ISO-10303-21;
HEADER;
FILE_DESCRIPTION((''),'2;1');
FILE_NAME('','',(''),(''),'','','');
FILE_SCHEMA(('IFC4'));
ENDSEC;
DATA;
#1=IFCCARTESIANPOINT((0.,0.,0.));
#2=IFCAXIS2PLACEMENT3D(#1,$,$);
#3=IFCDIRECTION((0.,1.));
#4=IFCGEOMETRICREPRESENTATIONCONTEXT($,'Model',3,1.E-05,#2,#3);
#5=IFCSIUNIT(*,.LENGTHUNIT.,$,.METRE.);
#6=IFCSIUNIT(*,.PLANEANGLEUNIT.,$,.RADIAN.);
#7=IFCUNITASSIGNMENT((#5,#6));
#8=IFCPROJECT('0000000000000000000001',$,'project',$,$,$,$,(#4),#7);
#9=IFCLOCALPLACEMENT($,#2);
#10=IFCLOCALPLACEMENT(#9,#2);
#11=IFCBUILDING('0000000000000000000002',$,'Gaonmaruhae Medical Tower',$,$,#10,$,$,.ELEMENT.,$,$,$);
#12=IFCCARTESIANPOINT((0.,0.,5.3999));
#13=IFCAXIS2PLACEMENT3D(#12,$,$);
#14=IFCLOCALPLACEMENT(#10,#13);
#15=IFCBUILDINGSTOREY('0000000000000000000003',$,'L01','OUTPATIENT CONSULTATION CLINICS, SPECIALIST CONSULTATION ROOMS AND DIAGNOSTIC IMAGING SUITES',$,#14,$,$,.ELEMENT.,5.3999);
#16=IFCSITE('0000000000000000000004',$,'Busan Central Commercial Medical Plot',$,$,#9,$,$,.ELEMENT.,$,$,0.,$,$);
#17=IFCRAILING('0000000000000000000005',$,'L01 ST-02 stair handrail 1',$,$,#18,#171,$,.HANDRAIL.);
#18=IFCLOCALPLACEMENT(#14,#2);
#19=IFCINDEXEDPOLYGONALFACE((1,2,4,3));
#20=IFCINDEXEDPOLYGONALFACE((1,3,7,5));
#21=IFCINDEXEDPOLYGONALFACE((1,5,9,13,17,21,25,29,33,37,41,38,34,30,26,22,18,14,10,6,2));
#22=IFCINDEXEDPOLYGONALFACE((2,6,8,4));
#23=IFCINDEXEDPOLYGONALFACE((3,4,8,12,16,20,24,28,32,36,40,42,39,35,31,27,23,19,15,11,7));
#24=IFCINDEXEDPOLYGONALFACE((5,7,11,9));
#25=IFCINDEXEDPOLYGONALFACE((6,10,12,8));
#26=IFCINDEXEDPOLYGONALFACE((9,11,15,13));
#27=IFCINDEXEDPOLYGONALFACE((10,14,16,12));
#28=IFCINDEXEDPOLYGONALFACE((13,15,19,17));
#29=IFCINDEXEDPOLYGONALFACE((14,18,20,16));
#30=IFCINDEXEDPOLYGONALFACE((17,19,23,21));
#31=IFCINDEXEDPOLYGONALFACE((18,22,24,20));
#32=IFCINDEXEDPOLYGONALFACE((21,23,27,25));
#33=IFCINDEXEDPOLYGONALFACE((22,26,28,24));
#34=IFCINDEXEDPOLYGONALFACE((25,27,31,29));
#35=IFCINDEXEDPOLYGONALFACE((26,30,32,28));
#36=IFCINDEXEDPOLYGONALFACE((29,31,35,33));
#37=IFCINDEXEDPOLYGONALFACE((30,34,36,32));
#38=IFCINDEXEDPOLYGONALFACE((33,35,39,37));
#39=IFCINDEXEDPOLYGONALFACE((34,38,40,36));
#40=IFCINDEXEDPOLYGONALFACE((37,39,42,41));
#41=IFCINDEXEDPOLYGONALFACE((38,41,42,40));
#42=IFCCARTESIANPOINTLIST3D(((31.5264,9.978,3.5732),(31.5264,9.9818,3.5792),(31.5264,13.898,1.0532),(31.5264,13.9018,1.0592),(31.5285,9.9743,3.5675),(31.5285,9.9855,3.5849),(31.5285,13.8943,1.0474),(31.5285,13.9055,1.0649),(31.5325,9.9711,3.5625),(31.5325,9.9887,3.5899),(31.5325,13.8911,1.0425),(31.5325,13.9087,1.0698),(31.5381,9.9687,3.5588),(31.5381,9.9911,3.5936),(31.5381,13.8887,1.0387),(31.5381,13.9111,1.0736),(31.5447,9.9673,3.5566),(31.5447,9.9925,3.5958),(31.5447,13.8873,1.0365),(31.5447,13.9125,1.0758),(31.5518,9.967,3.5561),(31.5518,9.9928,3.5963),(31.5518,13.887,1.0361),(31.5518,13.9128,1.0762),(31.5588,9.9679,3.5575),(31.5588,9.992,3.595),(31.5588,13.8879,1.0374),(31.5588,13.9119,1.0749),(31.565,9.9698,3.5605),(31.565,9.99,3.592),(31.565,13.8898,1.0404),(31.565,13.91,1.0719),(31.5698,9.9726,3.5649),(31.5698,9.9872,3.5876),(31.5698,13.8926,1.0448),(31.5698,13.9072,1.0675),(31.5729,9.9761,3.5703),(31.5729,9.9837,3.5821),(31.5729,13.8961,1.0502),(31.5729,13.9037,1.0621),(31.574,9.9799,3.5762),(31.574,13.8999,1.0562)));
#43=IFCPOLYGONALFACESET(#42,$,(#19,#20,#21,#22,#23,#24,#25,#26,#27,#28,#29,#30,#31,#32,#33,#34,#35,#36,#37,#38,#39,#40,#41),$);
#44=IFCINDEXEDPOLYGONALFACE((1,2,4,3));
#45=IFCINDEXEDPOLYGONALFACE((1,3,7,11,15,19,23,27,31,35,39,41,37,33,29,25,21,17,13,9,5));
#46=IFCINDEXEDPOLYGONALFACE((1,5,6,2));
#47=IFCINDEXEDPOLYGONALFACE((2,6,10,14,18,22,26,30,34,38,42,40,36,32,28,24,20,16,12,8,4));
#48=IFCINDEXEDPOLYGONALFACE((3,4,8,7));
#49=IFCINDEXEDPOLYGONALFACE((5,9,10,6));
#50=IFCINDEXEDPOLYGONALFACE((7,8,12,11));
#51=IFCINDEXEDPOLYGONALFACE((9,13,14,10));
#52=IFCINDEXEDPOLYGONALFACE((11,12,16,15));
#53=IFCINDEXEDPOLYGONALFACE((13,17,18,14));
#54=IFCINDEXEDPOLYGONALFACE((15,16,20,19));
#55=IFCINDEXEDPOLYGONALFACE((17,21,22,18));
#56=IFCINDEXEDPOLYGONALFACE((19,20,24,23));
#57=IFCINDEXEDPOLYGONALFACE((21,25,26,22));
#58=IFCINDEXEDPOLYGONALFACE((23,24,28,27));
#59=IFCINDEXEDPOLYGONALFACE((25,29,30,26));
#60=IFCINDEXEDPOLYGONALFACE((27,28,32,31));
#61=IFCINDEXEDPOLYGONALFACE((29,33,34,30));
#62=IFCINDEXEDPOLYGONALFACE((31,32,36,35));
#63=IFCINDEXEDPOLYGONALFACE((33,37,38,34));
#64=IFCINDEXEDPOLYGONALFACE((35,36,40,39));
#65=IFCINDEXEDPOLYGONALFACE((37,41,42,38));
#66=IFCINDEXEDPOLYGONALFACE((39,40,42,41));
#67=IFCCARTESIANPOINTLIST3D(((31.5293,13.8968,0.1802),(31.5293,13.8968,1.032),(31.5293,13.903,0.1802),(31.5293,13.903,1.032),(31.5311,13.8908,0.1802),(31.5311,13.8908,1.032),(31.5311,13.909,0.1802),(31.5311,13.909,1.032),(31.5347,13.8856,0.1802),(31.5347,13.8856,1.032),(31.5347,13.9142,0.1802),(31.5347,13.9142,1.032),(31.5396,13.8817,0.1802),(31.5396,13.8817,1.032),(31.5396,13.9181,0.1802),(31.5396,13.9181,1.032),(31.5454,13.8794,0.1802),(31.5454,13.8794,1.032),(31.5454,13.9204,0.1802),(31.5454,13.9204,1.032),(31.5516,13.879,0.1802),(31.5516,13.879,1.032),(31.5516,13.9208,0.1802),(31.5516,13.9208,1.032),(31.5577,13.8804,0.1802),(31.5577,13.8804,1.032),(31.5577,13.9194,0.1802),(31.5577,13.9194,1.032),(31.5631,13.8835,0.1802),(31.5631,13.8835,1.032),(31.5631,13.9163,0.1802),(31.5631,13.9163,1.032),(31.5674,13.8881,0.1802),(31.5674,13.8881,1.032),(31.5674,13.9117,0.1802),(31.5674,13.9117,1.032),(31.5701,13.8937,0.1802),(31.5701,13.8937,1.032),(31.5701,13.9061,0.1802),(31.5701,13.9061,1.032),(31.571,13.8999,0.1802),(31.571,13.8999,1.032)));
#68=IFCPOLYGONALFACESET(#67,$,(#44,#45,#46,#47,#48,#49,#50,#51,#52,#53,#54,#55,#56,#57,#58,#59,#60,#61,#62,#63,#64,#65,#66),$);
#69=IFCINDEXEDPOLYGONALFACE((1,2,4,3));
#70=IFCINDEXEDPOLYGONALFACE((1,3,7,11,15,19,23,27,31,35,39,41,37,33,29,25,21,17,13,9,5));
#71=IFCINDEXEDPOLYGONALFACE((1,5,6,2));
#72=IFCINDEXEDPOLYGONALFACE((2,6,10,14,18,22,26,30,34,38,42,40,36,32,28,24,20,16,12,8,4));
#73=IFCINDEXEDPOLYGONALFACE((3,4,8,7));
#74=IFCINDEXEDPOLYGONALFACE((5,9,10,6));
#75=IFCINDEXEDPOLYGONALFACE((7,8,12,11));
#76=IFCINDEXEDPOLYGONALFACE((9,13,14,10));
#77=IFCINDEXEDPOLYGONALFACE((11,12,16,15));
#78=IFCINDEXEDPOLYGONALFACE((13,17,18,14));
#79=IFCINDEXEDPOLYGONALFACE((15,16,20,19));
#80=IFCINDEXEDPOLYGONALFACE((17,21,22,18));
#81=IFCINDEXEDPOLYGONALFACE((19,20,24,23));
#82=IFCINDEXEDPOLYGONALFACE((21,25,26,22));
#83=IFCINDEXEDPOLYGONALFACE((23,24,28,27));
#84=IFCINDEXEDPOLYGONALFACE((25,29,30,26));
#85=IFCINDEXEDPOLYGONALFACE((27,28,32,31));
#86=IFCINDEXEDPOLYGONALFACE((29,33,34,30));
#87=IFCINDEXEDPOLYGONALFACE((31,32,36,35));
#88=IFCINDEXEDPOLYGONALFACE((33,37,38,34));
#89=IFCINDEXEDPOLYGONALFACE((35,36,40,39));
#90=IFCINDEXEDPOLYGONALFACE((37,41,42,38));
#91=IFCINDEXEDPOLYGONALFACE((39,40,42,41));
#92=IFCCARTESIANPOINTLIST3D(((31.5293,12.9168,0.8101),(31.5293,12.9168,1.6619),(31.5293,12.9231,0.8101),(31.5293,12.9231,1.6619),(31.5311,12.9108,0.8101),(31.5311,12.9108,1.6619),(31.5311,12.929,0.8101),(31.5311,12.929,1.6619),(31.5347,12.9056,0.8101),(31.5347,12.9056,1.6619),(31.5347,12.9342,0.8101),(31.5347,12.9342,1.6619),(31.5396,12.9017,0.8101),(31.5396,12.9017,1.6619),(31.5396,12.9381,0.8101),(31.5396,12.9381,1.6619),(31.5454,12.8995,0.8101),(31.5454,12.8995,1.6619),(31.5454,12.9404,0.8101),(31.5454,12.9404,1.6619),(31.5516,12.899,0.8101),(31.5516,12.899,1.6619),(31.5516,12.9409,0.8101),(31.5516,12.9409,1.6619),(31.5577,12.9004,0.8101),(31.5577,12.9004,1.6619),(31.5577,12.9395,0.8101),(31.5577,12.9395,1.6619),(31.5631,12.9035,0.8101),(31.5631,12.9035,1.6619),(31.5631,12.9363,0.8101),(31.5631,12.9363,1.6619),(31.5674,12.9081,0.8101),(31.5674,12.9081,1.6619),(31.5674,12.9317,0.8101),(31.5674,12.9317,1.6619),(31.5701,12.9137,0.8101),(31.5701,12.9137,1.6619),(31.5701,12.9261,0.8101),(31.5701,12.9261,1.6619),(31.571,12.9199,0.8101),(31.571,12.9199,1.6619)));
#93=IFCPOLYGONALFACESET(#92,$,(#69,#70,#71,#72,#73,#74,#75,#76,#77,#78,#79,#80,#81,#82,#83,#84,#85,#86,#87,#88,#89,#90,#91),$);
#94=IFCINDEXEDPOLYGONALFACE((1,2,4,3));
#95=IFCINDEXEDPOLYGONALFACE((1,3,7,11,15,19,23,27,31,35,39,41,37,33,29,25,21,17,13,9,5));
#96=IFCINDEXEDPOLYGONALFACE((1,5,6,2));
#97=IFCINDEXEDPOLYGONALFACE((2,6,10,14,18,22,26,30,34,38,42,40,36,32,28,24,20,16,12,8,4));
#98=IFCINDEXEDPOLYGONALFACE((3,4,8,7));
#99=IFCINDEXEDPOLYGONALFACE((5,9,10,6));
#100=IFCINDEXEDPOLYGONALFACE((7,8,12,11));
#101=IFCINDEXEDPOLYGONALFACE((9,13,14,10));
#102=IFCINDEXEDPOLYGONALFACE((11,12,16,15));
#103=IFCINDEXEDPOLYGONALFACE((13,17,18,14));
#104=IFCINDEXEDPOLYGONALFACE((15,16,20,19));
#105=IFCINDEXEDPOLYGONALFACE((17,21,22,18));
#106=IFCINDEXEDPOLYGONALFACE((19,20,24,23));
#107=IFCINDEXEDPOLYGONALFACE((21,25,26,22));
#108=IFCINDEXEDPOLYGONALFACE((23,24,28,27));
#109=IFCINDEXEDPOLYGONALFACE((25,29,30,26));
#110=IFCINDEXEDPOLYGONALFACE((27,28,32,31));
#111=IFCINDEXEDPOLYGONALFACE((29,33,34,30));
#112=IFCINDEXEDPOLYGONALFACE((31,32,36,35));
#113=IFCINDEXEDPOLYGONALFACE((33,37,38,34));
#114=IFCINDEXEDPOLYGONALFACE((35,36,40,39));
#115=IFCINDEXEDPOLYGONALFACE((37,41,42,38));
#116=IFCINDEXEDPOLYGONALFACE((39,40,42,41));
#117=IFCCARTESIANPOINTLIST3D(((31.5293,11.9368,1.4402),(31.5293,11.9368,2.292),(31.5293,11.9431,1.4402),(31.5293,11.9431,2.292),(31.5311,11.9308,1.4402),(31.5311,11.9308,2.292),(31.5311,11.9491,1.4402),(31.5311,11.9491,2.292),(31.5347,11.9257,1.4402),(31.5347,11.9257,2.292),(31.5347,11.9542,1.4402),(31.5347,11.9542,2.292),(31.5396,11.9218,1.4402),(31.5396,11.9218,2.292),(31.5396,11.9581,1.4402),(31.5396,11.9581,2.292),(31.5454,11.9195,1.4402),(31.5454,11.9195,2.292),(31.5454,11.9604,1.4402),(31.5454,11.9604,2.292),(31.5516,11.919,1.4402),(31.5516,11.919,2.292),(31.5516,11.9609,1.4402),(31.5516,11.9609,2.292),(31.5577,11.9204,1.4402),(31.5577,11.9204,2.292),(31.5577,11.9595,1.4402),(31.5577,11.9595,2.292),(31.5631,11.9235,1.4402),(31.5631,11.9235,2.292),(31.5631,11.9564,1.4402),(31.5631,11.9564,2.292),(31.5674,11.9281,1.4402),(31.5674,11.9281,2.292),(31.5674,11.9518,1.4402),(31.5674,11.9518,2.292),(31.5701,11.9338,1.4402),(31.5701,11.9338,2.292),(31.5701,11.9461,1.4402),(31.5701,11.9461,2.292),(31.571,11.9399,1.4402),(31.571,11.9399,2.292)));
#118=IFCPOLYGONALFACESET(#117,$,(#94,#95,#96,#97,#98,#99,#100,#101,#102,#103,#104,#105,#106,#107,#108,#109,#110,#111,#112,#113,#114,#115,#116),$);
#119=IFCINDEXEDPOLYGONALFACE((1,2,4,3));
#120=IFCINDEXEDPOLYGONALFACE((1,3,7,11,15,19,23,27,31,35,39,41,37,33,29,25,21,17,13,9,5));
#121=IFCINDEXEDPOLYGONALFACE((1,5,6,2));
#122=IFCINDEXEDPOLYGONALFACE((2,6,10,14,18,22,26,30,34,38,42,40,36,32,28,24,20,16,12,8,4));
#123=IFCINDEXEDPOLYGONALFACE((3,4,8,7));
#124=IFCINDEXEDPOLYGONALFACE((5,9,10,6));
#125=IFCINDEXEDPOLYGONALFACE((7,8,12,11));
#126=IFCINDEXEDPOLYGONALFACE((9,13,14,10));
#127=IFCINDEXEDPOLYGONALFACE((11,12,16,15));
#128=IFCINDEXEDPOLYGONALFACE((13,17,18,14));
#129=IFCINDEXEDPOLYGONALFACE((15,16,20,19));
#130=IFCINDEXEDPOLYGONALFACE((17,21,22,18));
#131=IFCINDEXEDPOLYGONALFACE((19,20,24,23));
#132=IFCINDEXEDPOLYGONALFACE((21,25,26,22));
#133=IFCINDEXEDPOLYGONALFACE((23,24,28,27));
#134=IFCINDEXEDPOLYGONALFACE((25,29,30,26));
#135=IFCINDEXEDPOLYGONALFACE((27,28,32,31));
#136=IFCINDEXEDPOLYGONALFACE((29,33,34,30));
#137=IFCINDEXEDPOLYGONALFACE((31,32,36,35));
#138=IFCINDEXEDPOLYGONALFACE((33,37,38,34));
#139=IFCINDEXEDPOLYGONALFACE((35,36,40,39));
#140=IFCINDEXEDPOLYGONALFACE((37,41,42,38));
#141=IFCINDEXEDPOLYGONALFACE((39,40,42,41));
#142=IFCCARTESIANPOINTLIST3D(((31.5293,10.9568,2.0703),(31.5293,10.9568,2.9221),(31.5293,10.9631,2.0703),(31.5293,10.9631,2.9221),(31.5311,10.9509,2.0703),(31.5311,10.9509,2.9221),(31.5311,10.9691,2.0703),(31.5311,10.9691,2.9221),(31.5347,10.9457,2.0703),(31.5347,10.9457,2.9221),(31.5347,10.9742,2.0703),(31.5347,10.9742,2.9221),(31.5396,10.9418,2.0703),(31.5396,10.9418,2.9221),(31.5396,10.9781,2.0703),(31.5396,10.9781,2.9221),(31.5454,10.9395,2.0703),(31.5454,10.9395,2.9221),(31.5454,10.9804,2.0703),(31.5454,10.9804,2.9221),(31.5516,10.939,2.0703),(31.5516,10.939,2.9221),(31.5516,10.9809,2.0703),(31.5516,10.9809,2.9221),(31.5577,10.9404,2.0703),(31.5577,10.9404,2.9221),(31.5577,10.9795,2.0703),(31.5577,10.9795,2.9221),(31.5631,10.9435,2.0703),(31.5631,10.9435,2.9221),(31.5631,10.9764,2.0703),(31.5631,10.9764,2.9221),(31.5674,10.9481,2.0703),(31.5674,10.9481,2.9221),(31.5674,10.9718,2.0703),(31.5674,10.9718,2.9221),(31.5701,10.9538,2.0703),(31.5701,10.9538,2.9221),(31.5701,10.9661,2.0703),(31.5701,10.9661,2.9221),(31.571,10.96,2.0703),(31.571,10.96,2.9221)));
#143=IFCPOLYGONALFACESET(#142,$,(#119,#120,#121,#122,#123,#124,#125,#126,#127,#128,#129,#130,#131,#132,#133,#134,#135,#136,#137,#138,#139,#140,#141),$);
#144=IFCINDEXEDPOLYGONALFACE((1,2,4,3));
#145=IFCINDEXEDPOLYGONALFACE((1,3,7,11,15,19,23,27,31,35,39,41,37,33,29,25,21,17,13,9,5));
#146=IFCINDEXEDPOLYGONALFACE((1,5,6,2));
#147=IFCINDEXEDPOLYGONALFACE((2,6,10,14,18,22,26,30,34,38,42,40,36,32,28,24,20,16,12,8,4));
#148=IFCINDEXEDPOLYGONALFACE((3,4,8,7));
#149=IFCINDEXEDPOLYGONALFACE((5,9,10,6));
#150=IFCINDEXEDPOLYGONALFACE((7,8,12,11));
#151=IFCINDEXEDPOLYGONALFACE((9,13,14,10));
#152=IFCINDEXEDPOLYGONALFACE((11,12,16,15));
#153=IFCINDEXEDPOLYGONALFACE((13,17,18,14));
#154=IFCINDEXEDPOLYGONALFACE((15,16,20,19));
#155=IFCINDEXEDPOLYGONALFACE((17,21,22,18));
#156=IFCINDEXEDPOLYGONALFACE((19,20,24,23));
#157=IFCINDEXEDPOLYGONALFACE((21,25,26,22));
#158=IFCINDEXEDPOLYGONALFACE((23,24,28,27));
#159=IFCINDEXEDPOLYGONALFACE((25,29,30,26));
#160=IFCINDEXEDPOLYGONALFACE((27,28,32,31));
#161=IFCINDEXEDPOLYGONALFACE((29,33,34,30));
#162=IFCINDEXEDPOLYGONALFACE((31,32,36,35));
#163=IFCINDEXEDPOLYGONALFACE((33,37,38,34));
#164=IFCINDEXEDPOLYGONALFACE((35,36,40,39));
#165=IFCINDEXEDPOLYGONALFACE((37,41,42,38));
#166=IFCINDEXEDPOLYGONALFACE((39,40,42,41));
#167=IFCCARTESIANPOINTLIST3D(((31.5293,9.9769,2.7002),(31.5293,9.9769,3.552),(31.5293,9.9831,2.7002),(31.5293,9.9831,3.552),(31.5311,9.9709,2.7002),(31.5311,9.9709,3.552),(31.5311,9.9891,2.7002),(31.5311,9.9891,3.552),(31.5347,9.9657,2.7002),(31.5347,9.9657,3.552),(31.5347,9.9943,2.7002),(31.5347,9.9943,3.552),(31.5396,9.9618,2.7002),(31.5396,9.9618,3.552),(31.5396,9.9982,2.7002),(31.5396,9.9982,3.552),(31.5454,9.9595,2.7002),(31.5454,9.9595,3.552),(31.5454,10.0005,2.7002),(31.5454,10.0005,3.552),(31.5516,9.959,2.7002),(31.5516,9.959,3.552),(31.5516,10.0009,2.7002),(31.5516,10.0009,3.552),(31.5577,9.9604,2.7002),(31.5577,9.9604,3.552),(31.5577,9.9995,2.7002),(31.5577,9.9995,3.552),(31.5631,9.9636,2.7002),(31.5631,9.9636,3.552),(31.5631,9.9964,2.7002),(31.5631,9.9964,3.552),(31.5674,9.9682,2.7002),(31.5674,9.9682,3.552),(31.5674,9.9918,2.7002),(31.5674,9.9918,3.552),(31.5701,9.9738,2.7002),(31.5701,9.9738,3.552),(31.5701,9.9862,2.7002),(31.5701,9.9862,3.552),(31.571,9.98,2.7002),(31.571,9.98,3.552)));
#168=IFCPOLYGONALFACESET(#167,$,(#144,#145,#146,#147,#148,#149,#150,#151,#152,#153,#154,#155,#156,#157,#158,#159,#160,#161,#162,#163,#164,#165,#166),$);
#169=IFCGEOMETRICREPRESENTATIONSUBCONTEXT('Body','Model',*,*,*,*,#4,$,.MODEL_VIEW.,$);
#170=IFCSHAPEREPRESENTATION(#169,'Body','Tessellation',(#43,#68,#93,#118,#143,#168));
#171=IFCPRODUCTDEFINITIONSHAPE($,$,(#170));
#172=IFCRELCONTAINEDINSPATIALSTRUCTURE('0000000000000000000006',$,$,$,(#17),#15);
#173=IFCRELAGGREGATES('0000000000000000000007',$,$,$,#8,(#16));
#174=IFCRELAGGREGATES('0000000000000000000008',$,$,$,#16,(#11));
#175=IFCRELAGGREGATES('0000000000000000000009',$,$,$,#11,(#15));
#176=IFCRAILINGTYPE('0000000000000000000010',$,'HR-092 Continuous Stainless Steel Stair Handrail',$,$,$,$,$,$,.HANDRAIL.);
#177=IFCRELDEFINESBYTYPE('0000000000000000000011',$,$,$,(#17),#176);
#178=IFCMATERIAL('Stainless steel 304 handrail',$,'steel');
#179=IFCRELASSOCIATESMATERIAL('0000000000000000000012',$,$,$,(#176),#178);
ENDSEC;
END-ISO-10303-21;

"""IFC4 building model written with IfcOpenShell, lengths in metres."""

from ifc_helpers import new_model, si_unit, direction, frame, origin, origin_2d, place, context, subcontext, project, spatial, circle, extrude, material, type_object, element, save


model = new_model("IFC4")

# Units and contexts
model_context = context("Model", 3, precision=1e-05, world=origin(), true_north=direction((0.0, 1.0)))
body_context = subcontext(model_context, "Body", "Model", "MODEL_VIEW")
ifc_project = project(units=[si_unit("LENGTHUNIT", "METRE"), si_unit("PLANEANGLEUNIT", "RADIAN")], contexts=[model_context])

# Site, building, storey
site_placement = place(None, origin())
site = spatial("IfcSite", under=ifc_project, at=site_placement, Name="Busan Central Commercial Medical Plot", CompositionType="ELEMENT", RefElevation=0.0)
building_placement = place(site_placement, origin())
building = spatial("IfcBuilding", under=site, at=building_placement, Name="Gaonmaruhae Medical Tower", CompositionType="ELEMENT")
storey_placement = place(building_placement, frame((0.0, 0.0, 5.3999)))
storey = spatial("IfcBuildingStorey", under=building, at=storey_placement, Name="L01", Description="OUTPATIENT CONSULTATION CLINICS, SPECIALIST CONSULTATION ROOMS AND DIAGNOSTIC IMAGING SUITES", CompositionType="ELEMENT", Elevation=5.3999)

# Railing
ifc_material_1 = material(Name="Stainless steel 304 handrail", Category="steel")
railing_type_1 = type_object("IfcRailingType", Name="HR-092 Continuous Stainless Steel Stair Handrail", PredefinedType="HANDRAIL", material=ifc_material_1)
railing_1_placement = place(storey_placement, frame((31.55, 13.8999, 0.1802)))
element("IfcRailing", 1, at=railing_1_placement, inside=storey, type_object=railing_type_1, Name="L01 ST-02 stair handrail 1", PredefinedType="HANDRAIL", context=body_context, shape_type="SweptSolid", body=[
    extrude(circle(Radius=0.0239, at=origin_2d()), frame((0.0, 0.0, 0.876), z_axis=(0.0, -0.841172, 0.540768), x_axis=(1.0, 0.0, 0.0)), (0.0, 0.0, 1.0), 4.6602),
    extrude(circle(Radius=0.021, at=origin_2d()), origin(), (0.0, 0.0, 1.0), 0.8518),
    extrude(circle(Radius=0.021, at=origin_2d()), frame((0.0, -0.98, 0.6299)), (0.0, 0.0, 1.0), 0.8518),
    extrude(circle(Radius=0.021, at=origin_2d()), frame((0.0, -1.96, 1.26)), (0.0, 0.0, 1.0), 0.8518),
    extrude(circle(Radius=0.021, at=origin_2d()), frame((0.0, -2.9399, 1.8901)), (0.0, 0.0, 1.0), 0.8518),
    extrude(circle(Radius=0.021, at=origin_2d()), frame((0.0, -3.9199, 2.52)), (0.0, 0.0, 1.0), 0.8518),
])

save(model, "model.ifc")
